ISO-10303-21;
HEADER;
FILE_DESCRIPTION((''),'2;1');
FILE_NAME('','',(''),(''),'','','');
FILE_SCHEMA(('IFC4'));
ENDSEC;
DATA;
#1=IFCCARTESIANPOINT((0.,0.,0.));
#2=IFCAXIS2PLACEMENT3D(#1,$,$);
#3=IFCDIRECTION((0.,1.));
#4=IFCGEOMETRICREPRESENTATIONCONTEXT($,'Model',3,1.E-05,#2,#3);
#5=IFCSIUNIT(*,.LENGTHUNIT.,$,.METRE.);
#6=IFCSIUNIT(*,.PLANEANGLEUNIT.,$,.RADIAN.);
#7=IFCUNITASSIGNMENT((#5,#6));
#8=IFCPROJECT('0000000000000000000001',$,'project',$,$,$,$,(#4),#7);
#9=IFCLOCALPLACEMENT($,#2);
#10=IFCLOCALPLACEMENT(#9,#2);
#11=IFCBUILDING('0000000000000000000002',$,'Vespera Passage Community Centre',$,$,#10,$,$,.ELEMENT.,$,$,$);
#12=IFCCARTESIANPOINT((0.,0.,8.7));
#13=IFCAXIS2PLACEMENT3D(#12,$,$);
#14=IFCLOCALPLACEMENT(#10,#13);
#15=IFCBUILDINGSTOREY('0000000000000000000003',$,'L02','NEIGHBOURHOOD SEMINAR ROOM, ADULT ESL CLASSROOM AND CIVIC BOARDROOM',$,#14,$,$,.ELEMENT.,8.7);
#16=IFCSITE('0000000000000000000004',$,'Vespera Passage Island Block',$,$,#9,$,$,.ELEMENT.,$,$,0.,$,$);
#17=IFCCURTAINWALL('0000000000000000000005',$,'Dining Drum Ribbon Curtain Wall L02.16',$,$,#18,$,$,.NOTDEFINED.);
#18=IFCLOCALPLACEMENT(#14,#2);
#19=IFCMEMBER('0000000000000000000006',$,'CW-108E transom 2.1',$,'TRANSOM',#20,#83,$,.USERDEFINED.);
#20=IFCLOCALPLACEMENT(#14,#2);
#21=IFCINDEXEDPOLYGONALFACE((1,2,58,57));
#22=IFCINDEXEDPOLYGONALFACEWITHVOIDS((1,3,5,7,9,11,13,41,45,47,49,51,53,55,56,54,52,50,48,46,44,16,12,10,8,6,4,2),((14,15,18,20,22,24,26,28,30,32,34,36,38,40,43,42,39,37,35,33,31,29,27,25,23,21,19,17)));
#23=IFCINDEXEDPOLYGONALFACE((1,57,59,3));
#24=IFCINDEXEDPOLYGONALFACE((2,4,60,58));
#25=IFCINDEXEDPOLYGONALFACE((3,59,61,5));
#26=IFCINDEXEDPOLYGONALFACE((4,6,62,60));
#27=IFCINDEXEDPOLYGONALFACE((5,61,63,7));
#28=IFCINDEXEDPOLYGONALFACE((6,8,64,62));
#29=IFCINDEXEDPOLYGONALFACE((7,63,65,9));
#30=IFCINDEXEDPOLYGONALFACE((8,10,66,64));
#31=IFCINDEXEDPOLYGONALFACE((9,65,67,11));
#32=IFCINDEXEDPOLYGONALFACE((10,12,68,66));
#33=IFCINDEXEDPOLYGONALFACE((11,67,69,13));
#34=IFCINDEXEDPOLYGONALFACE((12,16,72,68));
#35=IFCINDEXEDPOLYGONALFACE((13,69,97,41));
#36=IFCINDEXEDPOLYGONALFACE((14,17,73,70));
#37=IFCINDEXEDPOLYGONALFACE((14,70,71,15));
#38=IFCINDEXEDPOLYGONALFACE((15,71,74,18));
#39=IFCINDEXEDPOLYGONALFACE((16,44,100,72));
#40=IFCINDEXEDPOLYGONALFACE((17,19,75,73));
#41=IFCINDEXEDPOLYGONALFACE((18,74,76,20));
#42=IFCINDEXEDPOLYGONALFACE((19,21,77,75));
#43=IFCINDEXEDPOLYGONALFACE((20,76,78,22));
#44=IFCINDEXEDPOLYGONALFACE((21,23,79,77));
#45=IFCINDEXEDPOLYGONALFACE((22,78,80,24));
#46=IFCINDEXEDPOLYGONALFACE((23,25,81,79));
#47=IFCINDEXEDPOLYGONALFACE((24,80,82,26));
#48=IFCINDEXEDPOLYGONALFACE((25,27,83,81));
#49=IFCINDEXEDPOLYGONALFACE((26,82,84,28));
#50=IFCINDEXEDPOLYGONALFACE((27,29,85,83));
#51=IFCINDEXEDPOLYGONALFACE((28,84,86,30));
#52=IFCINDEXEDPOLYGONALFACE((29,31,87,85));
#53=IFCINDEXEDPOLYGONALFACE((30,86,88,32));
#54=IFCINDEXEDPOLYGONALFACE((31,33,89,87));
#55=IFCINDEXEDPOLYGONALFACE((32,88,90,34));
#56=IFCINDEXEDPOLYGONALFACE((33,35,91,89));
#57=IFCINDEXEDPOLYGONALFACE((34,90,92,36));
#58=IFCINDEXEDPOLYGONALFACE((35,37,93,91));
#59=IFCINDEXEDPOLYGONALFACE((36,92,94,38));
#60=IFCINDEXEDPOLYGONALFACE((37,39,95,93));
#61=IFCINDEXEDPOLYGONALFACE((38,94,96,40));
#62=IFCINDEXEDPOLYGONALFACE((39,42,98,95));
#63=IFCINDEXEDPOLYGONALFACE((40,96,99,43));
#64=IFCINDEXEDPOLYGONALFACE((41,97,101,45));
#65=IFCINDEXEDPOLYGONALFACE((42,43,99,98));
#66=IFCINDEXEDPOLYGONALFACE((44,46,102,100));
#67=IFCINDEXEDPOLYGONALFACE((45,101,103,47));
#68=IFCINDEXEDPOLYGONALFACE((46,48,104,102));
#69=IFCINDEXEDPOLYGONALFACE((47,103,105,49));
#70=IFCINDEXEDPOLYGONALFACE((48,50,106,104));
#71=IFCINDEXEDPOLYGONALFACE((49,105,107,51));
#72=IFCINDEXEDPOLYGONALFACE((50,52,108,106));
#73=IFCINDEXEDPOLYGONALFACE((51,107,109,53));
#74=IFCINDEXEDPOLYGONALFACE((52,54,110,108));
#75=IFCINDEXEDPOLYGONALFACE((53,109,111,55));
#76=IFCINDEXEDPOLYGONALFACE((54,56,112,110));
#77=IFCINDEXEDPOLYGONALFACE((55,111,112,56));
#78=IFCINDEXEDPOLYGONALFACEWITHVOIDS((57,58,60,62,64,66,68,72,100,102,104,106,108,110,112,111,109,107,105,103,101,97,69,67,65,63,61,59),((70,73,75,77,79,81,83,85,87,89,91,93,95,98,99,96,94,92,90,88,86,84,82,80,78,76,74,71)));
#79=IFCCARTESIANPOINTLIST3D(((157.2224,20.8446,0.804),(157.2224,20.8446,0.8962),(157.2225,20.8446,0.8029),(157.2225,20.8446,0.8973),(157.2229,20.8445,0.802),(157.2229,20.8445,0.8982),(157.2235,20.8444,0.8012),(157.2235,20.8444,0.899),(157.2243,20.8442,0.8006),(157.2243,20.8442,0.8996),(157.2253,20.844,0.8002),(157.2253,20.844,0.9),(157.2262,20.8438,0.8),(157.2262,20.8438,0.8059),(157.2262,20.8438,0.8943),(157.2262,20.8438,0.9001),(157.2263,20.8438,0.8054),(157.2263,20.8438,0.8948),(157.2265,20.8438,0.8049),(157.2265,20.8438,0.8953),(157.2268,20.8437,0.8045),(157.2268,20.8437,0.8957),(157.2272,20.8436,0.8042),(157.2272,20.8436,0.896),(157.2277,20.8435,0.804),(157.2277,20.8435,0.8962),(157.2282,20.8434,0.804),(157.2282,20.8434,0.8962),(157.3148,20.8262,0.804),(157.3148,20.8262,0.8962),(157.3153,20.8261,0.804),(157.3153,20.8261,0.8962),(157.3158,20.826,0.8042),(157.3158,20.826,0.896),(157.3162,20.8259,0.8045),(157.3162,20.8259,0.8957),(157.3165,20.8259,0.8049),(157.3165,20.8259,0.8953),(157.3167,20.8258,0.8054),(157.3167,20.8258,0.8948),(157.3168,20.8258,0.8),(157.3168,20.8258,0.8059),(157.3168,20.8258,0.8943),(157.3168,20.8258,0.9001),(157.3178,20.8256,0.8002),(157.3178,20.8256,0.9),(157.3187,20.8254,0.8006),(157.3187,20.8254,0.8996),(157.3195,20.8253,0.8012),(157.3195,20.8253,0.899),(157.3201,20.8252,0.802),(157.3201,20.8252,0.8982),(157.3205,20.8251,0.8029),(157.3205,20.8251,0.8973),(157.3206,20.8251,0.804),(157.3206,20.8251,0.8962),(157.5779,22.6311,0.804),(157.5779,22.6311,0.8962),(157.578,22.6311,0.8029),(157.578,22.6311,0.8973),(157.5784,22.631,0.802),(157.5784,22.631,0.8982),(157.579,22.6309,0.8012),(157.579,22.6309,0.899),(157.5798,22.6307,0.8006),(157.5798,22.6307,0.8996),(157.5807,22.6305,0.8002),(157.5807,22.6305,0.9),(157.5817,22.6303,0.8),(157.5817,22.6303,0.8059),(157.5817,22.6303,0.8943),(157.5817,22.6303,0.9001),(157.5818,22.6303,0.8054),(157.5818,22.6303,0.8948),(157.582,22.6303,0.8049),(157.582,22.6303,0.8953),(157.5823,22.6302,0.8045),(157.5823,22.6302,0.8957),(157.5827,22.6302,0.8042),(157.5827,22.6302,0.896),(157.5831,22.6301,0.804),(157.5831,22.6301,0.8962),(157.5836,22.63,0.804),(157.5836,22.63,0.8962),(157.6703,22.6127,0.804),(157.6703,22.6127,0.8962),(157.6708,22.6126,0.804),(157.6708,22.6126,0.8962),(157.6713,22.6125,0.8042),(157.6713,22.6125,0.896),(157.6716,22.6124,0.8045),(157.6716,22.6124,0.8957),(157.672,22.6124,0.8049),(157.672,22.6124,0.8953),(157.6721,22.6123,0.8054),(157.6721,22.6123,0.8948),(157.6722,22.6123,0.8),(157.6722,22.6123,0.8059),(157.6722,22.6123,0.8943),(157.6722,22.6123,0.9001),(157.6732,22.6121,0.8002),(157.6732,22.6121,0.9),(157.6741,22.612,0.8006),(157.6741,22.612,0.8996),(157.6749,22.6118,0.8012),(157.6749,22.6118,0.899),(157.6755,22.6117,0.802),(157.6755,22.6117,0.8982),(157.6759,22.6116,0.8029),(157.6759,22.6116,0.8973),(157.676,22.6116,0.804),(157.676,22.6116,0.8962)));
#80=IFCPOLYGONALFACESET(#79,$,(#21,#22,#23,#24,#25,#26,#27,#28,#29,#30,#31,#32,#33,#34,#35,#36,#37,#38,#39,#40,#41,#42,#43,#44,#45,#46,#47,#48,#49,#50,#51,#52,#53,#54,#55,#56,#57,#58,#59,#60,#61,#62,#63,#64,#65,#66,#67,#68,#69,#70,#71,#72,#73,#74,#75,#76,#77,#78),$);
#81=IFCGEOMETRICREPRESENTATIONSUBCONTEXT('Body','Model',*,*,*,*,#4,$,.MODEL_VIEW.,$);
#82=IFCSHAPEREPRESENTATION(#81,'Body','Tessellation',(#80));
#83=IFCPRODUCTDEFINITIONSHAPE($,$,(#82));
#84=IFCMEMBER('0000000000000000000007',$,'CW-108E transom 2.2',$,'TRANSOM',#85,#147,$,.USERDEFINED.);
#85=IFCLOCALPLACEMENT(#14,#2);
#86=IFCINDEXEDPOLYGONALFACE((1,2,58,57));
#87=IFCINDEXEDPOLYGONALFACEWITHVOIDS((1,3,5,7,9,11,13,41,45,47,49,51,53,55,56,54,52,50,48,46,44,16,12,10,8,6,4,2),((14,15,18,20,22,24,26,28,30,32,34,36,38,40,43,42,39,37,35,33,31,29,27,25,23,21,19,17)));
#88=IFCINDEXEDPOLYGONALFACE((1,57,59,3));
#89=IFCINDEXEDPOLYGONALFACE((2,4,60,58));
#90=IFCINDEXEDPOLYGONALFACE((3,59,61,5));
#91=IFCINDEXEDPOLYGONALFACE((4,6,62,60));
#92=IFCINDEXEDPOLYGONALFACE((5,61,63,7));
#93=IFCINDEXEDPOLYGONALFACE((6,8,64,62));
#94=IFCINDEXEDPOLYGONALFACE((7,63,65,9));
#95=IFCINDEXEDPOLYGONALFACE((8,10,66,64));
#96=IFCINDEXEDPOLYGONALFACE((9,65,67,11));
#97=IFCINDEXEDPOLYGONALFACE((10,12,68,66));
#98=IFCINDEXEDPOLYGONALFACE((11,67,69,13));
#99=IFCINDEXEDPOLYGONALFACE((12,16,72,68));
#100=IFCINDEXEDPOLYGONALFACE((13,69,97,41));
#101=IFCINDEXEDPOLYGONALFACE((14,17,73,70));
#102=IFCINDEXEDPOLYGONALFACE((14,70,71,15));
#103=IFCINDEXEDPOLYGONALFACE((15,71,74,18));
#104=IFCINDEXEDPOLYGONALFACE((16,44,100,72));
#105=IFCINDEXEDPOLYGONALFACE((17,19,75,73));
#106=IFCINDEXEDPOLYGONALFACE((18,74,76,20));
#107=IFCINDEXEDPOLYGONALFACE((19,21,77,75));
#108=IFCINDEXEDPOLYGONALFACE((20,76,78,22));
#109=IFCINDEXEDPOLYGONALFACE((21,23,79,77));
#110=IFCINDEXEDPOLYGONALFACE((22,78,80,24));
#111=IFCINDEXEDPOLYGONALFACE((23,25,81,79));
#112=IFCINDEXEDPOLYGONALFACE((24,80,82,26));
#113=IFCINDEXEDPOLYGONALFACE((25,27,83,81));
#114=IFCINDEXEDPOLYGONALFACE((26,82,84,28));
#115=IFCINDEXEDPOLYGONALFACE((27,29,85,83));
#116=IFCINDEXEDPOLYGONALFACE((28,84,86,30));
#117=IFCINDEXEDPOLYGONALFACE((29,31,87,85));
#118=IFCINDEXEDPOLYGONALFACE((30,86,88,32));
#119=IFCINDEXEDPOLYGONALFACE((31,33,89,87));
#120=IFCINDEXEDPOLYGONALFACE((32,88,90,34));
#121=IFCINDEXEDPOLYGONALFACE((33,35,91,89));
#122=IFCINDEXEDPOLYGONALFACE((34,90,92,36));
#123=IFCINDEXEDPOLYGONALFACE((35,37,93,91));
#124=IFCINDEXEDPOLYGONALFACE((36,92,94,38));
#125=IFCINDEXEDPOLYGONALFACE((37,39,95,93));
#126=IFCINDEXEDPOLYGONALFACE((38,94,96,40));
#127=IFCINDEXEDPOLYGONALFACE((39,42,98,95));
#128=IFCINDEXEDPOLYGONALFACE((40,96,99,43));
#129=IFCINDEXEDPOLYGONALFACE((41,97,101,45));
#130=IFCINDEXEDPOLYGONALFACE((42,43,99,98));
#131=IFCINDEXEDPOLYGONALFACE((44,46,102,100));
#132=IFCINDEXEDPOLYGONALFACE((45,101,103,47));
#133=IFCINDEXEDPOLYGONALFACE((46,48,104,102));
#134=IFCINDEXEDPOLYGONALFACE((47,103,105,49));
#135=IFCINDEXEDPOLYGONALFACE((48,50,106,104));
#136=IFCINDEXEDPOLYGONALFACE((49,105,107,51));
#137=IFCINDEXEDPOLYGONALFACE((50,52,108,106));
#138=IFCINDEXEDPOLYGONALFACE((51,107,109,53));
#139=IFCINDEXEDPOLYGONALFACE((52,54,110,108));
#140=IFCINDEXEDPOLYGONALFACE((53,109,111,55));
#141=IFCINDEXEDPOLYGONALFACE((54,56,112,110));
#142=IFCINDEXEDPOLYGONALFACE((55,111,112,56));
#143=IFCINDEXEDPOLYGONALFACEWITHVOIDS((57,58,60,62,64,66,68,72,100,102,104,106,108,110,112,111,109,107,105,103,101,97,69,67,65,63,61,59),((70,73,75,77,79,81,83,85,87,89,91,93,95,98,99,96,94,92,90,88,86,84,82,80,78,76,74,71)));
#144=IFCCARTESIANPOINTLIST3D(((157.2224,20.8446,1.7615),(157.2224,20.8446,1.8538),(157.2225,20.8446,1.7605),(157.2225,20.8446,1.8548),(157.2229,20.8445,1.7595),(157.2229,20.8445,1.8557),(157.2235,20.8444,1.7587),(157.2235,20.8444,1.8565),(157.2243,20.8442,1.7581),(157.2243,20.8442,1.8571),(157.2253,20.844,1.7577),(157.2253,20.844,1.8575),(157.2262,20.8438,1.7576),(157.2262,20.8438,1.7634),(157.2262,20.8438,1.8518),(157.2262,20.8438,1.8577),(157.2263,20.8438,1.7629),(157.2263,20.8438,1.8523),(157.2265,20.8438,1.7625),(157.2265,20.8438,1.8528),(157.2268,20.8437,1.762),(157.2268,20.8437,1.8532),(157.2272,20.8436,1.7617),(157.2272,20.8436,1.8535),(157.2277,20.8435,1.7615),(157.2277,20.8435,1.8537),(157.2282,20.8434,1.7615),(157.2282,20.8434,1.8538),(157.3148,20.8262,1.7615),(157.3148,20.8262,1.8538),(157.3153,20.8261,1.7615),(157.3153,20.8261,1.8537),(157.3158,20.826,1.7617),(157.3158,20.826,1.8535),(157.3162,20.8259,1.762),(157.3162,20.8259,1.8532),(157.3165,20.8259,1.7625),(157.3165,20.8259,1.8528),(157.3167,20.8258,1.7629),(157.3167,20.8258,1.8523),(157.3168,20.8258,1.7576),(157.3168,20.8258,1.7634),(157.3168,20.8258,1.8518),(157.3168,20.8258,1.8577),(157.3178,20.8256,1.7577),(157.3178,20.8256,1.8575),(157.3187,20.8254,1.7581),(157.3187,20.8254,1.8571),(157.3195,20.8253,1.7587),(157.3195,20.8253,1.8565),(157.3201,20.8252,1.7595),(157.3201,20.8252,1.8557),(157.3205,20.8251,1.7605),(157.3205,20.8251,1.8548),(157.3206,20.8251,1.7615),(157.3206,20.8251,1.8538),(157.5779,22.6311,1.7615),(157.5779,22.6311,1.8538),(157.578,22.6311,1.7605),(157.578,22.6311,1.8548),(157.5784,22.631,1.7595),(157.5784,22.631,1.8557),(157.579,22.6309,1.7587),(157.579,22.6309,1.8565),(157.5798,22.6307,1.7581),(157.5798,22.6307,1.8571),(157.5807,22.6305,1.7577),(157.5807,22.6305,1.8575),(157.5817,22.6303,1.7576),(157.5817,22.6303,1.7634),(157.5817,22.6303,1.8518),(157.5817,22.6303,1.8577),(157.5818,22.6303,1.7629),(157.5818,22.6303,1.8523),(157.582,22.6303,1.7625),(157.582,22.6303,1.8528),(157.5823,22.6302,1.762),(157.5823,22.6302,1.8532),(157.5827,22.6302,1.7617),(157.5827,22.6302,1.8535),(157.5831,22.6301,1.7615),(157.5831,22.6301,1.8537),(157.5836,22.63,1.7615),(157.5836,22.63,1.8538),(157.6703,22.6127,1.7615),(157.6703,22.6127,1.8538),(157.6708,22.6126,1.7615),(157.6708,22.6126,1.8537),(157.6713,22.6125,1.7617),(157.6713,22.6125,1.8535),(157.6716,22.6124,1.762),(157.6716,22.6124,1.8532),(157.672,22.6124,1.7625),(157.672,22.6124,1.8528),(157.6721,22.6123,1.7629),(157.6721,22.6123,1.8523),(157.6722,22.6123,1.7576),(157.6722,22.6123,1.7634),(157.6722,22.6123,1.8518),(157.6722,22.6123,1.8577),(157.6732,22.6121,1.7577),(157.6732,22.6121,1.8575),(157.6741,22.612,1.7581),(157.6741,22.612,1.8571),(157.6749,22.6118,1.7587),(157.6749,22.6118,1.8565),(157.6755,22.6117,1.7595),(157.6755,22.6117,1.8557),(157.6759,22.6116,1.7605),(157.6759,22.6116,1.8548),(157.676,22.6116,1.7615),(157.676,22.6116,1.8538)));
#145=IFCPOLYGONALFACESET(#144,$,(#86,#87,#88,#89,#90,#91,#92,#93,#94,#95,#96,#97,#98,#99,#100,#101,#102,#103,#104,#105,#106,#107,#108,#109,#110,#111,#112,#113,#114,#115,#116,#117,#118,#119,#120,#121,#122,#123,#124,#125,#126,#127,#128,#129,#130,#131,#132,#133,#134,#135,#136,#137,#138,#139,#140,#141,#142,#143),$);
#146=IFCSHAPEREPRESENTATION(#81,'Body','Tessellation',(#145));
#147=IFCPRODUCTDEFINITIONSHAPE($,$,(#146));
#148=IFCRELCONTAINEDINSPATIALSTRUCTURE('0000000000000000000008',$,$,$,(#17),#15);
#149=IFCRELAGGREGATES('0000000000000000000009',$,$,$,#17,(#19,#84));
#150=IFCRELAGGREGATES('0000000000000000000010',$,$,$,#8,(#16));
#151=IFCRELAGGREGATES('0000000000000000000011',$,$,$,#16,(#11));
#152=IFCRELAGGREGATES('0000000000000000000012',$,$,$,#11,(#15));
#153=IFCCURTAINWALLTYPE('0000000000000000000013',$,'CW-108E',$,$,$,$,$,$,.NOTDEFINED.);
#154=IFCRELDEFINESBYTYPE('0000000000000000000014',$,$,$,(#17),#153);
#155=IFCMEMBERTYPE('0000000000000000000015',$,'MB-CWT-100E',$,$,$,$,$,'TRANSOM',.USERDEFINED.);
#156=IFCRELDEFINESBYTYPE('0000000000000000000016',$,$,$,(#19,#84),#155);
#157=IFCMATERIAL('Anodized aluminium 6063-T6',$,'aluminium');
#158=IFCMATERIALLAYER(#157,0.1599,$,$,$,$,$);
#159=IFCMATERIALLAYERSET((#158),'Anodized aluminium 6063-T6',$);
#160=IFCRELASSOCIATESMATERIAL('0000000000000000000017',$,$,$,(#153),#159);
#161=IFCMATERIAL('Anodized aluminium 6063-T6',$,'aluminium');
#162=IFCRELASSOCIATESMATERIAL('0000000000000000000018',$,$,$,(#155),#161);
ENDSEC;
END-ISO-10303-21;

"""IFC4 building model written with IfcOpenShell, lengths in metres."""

from ifc_helpers import new_model, si_unit, direction, frame, origin, origin_2d, place, context, subcontext, project, spatial, hollow_rectangle, extrude, material, layer, layer_set, material_profile, profile_set, type_object, element, aggregate, save


model = new_model("IFC4")

# Units and contexts
model_context = context("Model", 3, precision=1e-05, world=origin(), true_north=direction((0.0, 1.0)))
body_context = subcontext(model_context, "Body", "Model", "MODEL_VIEW")
ifc_project = project(units=[si_unit("LENGTHUNIT", "METRE"), si_unit("PLANEANGLEUNIT", "RADIAN")], contexts=[model_context])

# Site, building, storey
site_placement = place(None, origin())
site = spatial("IfcSite", under=ifc_project, at=site_placement, Name="Vespera Passage Island Block", CompositionType="ELEMENT", RefElevation=0.0)
building_placement = place(site_placement, origin())
building = spatial("IfcBuilding", under=site, at=building_placement, Name="Vespera Passage Community Centre", CompositionType="ELEMENT")
storey_placement = place(building_placement, frame((0.0, 0.0, 8.7)))
storey = spatial("IfcBuildingStorey", under=building, at=storey_placement, Name="L02", Description="NEIGHBOURHOOD SEMINAR ROOM, ADULT ESL CLASSROOM AND CIVIC BOARDROOM", CompositionType="ELEMENT", Elevation=8.7)

# Curtain wall, members
ifc_material_1 = material(Name="Anodized aluminium 6063-T6", Category="aluminium")
ifc_layer_1 = layer(ifc_material_1, 0.1599)
ifc_layer_set_1 = layer_set([ifc_layer_1], Name="Anodized aluminium 6063-T6")
curtain_wall_type = type_object("IfcCurtainWallType", Name="CW-108E", PredefinedType="NOTDEFINED", material=ifc_layer_set_1)
curtain_wall_placement = place(storey_placement, origin())
curtain_wall = element("IfcCurtainWall", 1, at=curtain_wall_placement, inside=storey, type_object=curtain_wall_type, Name="Dining Drum Ribbon Curtain Wall L02.16", PredefinedType="NOTDEFINED")
ifc_material_2 = material(Name="Anodized aluminium 6063-T6", Category="aluminium")
ifc_material_profile_1 = material_profile(ifc_material_2, hollow_rectangle(XDim=0.1001, YDim=0.1001, WallThickness=0.0039, InnerFilletRadius=0.002, OuterFilletRadius=0.0039, at=origin_2d()), Name="ALU100X100X4")
ifc_profile_set_1 = profile_set([ifc_material_profile_1], Name="Anodized aluminium 6063-T6")
member_type_1 = type_object("IfcMemberType", Name="MB-CWT-100E", ElementType="TRANSOM", PredefinedType="USERDEFINED", material=ifc_profile_set_1)
member_1_placement = place(storey_placement, frame((157.627, 22.6213, 0.8501), z_axis=(-0.195137, -0.980776, 0.0), x_axis=(0.980776, -0.195137, 0.0)))
member_1 = element("IfcMember", 2, at=member_1_placement, type_object=member_type_1, Name="CW-108E transom 2.1", ObjectType="TRANSOM", PredefinedType="USERDEFINED", context=body_context, shape_type="SweptSolid", body=[
    extrude(hollow_rectangle(XDim=0.1001, YDim=0.1001, WallThickness=0.0039, InnerFilletRadius=0.002, OuterFilletRadius=0.0039, at=origin_2d()), origin(), (0.0, 0.0, 1.0), 1.8215),
])
member_2_placement = place(storey_placement, frame((157.627, 22.6213, 1.8076), z_axis=(-0.195137, -0.980776, 0.0), x_axis=(0.980776, -0.195137, 0.0)))
member_2 = element("IfcMember", 3, at=member_2_placement, type_object=member_type_1, Name="CW-108E transom 2.2", ObjectType="TRANSOM", PredefinedType="USERDEFINED", context=body_context, shape_type="SweptSolid", body=[
    extrude(hollow_rectangle(XDim=0.1001, YDim=0.1001, WallThickness=0.0039, InnerFilletRadius=0.002, OuterFilletRadius=0.0039, at=origin_2d()), origin(), (0.0, 0.0, 1.0), 1.8215),
])
aggregate(curtain_wall, [member_1, member_2])

save(model, "model.ifc")
